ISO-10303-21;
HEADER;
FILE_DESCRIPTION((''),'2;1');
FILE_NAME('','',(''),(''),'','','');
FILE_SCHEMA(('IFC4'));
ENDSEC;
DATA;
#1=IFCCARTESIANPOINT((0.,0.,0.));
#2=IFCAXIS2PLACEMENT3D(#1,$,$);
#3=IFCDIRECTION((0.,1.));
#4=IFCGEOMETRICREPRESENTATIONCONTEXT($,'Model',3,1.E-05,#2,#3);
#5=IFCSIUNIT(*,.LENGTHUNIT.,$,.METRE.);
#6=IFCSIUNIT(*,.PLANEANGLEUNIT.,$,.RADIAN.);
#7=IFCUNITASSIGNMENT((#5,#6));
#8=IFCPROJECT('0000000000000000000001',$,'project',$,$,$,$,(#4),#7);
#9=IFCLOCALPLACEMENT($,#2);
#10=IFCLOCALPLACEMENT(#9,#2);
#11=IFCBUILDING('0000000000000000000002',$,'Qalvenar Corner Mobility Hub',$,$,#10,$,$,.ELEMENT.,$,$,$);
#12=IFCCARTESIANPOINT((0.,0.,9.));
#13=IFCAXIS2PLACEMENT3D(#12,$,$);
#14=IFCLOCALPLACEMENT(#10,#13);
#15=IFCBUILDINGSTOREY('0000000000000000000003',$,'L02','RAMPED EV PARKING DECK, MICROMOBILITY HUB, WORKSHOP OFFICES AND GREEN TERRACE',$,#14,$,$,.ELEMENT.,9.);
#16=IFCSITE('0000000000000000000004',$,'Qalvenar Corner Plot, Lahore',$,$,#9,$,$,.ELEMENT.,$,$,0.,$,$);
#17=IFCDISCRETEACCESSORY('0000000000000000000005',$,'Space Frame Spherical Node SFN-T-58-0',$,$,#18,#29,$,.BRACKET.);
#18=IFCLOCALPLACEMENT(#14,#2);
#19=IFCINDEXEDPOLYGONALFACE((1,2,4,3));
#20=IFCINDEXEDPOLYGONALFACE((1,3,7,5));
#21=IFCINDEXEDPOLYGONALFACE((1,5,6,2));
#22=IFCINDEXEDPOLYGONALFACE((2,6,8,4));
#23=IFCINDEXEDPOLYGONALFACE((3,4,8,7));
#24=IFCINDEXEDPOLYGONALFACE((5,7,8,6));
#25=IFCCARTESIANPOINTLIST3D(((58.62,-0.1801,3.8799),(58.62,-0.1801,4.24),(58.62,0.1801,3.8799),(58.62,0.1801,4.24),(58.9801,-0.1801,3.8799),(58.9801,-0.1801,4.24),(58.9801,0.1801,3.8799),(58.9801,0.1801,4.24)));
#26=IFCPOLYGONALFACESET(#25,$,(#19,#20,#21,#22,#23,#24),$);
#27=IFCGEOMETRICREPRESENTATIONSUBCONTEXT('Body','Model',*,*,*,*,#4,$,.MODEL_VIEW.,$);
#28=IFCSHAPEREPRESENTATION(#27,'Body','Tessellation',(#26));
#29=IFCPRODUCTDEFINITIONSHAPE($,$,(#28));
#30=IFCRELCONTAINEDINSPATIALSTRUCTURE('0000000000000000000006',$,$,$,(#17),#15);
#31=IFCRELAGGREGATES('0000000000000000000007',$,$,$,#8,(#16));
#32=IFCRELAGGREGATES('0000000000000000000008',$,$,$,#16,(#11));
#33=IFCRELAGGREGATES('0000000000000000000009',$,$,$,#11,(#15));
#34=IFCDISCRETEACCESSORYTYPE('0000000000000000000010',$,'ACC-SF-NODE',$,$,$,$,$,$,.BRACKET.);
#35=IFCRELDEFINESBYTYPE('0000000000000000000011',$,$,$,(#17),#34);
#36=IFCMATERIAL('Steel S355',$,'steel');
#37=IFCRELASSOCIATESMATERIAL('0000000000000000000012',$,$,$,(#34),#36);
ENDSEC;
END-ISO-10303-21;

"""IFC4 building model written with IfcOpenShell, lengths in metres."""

from ifc_helpers import new_model, si_unit, direction, frame, origin, origin_2d, place, context, subcontext, project, spatial, rectangle, extrude, material, type_object, element, save


model = new_model("IFC4")

# Units and contexts
model_context = context("Model", 3, precision=1e-05, world=origin(), true_north=direction((0.0, 1.0)))
body_context = subcontext(model_context, "Body", "Model", "MODEL_VIEW")
ifc_project = project(units=[si_unit("LENGTHUNIT", "METRE"), si_unit("PLANEANGLEUNIT", "RADIAN")], contexts=[model_context])

# Site, building, storey
site_placement = place(None, origin())
site = spatial("IfcSite", under=ifc_project, at=site_placement, Name="Qalvenar Corner Plot, Lahore", CompositionType="ELEMENT", RefElevation=0.0)
building_placement = place(site_placement, origin())
building = spatial("IfcBuilding", under=site, at=building_placement, Name="Qalvenar Corner Mobility Hub", CompositionType="ELEMENT")
storey_placement = place(building_placement, frame((0.0, 0.0, 9.0)))
storey = spatial("IfcBuildingStorey", under=building, at=storey_placement, Name="L02", Description="RAMPED EV PARKING DECK, MICROMOBILITY HUB, WORKSHOP OFFICES AND GREEN TERRACE", CompositionType="ELEMENT", Elevation=9.0)

# Shared definitions
ifc_material_1 = material(Name="Steel S355", Category="steel")

# Discrete accessory
discrete_accessory_type = type_object("IfcDiscreteAccessoryType", Name="ACC-SF-NODE", PredefinedType="BRACKET", material=ifc_material_1)
discrete_accessory_placement = place(storey_placement, frame((58.8, 0.0, 3.8799), z_axis=(0.0, 0.0, 1.0), x_axis=(1.0, 0.0, 0.0)))
element("IfcDiscreteAccessory", 1, at=discrete_accessory_placement, inside=storey, type_object=discrete_accessory_type, Name="Space Frame Spherical Node SFN-T-58-0", PredefinedType="BRACKET", context=body_context, shape_type="SweptSolid", body=[
    extrude(rectangle(XDim=0.3601, YDim=0.3601, at=origin_2d()), origin(), (0.0, 0.0, 1.0), 0.3601),
])

save(model, "model.ifc")
